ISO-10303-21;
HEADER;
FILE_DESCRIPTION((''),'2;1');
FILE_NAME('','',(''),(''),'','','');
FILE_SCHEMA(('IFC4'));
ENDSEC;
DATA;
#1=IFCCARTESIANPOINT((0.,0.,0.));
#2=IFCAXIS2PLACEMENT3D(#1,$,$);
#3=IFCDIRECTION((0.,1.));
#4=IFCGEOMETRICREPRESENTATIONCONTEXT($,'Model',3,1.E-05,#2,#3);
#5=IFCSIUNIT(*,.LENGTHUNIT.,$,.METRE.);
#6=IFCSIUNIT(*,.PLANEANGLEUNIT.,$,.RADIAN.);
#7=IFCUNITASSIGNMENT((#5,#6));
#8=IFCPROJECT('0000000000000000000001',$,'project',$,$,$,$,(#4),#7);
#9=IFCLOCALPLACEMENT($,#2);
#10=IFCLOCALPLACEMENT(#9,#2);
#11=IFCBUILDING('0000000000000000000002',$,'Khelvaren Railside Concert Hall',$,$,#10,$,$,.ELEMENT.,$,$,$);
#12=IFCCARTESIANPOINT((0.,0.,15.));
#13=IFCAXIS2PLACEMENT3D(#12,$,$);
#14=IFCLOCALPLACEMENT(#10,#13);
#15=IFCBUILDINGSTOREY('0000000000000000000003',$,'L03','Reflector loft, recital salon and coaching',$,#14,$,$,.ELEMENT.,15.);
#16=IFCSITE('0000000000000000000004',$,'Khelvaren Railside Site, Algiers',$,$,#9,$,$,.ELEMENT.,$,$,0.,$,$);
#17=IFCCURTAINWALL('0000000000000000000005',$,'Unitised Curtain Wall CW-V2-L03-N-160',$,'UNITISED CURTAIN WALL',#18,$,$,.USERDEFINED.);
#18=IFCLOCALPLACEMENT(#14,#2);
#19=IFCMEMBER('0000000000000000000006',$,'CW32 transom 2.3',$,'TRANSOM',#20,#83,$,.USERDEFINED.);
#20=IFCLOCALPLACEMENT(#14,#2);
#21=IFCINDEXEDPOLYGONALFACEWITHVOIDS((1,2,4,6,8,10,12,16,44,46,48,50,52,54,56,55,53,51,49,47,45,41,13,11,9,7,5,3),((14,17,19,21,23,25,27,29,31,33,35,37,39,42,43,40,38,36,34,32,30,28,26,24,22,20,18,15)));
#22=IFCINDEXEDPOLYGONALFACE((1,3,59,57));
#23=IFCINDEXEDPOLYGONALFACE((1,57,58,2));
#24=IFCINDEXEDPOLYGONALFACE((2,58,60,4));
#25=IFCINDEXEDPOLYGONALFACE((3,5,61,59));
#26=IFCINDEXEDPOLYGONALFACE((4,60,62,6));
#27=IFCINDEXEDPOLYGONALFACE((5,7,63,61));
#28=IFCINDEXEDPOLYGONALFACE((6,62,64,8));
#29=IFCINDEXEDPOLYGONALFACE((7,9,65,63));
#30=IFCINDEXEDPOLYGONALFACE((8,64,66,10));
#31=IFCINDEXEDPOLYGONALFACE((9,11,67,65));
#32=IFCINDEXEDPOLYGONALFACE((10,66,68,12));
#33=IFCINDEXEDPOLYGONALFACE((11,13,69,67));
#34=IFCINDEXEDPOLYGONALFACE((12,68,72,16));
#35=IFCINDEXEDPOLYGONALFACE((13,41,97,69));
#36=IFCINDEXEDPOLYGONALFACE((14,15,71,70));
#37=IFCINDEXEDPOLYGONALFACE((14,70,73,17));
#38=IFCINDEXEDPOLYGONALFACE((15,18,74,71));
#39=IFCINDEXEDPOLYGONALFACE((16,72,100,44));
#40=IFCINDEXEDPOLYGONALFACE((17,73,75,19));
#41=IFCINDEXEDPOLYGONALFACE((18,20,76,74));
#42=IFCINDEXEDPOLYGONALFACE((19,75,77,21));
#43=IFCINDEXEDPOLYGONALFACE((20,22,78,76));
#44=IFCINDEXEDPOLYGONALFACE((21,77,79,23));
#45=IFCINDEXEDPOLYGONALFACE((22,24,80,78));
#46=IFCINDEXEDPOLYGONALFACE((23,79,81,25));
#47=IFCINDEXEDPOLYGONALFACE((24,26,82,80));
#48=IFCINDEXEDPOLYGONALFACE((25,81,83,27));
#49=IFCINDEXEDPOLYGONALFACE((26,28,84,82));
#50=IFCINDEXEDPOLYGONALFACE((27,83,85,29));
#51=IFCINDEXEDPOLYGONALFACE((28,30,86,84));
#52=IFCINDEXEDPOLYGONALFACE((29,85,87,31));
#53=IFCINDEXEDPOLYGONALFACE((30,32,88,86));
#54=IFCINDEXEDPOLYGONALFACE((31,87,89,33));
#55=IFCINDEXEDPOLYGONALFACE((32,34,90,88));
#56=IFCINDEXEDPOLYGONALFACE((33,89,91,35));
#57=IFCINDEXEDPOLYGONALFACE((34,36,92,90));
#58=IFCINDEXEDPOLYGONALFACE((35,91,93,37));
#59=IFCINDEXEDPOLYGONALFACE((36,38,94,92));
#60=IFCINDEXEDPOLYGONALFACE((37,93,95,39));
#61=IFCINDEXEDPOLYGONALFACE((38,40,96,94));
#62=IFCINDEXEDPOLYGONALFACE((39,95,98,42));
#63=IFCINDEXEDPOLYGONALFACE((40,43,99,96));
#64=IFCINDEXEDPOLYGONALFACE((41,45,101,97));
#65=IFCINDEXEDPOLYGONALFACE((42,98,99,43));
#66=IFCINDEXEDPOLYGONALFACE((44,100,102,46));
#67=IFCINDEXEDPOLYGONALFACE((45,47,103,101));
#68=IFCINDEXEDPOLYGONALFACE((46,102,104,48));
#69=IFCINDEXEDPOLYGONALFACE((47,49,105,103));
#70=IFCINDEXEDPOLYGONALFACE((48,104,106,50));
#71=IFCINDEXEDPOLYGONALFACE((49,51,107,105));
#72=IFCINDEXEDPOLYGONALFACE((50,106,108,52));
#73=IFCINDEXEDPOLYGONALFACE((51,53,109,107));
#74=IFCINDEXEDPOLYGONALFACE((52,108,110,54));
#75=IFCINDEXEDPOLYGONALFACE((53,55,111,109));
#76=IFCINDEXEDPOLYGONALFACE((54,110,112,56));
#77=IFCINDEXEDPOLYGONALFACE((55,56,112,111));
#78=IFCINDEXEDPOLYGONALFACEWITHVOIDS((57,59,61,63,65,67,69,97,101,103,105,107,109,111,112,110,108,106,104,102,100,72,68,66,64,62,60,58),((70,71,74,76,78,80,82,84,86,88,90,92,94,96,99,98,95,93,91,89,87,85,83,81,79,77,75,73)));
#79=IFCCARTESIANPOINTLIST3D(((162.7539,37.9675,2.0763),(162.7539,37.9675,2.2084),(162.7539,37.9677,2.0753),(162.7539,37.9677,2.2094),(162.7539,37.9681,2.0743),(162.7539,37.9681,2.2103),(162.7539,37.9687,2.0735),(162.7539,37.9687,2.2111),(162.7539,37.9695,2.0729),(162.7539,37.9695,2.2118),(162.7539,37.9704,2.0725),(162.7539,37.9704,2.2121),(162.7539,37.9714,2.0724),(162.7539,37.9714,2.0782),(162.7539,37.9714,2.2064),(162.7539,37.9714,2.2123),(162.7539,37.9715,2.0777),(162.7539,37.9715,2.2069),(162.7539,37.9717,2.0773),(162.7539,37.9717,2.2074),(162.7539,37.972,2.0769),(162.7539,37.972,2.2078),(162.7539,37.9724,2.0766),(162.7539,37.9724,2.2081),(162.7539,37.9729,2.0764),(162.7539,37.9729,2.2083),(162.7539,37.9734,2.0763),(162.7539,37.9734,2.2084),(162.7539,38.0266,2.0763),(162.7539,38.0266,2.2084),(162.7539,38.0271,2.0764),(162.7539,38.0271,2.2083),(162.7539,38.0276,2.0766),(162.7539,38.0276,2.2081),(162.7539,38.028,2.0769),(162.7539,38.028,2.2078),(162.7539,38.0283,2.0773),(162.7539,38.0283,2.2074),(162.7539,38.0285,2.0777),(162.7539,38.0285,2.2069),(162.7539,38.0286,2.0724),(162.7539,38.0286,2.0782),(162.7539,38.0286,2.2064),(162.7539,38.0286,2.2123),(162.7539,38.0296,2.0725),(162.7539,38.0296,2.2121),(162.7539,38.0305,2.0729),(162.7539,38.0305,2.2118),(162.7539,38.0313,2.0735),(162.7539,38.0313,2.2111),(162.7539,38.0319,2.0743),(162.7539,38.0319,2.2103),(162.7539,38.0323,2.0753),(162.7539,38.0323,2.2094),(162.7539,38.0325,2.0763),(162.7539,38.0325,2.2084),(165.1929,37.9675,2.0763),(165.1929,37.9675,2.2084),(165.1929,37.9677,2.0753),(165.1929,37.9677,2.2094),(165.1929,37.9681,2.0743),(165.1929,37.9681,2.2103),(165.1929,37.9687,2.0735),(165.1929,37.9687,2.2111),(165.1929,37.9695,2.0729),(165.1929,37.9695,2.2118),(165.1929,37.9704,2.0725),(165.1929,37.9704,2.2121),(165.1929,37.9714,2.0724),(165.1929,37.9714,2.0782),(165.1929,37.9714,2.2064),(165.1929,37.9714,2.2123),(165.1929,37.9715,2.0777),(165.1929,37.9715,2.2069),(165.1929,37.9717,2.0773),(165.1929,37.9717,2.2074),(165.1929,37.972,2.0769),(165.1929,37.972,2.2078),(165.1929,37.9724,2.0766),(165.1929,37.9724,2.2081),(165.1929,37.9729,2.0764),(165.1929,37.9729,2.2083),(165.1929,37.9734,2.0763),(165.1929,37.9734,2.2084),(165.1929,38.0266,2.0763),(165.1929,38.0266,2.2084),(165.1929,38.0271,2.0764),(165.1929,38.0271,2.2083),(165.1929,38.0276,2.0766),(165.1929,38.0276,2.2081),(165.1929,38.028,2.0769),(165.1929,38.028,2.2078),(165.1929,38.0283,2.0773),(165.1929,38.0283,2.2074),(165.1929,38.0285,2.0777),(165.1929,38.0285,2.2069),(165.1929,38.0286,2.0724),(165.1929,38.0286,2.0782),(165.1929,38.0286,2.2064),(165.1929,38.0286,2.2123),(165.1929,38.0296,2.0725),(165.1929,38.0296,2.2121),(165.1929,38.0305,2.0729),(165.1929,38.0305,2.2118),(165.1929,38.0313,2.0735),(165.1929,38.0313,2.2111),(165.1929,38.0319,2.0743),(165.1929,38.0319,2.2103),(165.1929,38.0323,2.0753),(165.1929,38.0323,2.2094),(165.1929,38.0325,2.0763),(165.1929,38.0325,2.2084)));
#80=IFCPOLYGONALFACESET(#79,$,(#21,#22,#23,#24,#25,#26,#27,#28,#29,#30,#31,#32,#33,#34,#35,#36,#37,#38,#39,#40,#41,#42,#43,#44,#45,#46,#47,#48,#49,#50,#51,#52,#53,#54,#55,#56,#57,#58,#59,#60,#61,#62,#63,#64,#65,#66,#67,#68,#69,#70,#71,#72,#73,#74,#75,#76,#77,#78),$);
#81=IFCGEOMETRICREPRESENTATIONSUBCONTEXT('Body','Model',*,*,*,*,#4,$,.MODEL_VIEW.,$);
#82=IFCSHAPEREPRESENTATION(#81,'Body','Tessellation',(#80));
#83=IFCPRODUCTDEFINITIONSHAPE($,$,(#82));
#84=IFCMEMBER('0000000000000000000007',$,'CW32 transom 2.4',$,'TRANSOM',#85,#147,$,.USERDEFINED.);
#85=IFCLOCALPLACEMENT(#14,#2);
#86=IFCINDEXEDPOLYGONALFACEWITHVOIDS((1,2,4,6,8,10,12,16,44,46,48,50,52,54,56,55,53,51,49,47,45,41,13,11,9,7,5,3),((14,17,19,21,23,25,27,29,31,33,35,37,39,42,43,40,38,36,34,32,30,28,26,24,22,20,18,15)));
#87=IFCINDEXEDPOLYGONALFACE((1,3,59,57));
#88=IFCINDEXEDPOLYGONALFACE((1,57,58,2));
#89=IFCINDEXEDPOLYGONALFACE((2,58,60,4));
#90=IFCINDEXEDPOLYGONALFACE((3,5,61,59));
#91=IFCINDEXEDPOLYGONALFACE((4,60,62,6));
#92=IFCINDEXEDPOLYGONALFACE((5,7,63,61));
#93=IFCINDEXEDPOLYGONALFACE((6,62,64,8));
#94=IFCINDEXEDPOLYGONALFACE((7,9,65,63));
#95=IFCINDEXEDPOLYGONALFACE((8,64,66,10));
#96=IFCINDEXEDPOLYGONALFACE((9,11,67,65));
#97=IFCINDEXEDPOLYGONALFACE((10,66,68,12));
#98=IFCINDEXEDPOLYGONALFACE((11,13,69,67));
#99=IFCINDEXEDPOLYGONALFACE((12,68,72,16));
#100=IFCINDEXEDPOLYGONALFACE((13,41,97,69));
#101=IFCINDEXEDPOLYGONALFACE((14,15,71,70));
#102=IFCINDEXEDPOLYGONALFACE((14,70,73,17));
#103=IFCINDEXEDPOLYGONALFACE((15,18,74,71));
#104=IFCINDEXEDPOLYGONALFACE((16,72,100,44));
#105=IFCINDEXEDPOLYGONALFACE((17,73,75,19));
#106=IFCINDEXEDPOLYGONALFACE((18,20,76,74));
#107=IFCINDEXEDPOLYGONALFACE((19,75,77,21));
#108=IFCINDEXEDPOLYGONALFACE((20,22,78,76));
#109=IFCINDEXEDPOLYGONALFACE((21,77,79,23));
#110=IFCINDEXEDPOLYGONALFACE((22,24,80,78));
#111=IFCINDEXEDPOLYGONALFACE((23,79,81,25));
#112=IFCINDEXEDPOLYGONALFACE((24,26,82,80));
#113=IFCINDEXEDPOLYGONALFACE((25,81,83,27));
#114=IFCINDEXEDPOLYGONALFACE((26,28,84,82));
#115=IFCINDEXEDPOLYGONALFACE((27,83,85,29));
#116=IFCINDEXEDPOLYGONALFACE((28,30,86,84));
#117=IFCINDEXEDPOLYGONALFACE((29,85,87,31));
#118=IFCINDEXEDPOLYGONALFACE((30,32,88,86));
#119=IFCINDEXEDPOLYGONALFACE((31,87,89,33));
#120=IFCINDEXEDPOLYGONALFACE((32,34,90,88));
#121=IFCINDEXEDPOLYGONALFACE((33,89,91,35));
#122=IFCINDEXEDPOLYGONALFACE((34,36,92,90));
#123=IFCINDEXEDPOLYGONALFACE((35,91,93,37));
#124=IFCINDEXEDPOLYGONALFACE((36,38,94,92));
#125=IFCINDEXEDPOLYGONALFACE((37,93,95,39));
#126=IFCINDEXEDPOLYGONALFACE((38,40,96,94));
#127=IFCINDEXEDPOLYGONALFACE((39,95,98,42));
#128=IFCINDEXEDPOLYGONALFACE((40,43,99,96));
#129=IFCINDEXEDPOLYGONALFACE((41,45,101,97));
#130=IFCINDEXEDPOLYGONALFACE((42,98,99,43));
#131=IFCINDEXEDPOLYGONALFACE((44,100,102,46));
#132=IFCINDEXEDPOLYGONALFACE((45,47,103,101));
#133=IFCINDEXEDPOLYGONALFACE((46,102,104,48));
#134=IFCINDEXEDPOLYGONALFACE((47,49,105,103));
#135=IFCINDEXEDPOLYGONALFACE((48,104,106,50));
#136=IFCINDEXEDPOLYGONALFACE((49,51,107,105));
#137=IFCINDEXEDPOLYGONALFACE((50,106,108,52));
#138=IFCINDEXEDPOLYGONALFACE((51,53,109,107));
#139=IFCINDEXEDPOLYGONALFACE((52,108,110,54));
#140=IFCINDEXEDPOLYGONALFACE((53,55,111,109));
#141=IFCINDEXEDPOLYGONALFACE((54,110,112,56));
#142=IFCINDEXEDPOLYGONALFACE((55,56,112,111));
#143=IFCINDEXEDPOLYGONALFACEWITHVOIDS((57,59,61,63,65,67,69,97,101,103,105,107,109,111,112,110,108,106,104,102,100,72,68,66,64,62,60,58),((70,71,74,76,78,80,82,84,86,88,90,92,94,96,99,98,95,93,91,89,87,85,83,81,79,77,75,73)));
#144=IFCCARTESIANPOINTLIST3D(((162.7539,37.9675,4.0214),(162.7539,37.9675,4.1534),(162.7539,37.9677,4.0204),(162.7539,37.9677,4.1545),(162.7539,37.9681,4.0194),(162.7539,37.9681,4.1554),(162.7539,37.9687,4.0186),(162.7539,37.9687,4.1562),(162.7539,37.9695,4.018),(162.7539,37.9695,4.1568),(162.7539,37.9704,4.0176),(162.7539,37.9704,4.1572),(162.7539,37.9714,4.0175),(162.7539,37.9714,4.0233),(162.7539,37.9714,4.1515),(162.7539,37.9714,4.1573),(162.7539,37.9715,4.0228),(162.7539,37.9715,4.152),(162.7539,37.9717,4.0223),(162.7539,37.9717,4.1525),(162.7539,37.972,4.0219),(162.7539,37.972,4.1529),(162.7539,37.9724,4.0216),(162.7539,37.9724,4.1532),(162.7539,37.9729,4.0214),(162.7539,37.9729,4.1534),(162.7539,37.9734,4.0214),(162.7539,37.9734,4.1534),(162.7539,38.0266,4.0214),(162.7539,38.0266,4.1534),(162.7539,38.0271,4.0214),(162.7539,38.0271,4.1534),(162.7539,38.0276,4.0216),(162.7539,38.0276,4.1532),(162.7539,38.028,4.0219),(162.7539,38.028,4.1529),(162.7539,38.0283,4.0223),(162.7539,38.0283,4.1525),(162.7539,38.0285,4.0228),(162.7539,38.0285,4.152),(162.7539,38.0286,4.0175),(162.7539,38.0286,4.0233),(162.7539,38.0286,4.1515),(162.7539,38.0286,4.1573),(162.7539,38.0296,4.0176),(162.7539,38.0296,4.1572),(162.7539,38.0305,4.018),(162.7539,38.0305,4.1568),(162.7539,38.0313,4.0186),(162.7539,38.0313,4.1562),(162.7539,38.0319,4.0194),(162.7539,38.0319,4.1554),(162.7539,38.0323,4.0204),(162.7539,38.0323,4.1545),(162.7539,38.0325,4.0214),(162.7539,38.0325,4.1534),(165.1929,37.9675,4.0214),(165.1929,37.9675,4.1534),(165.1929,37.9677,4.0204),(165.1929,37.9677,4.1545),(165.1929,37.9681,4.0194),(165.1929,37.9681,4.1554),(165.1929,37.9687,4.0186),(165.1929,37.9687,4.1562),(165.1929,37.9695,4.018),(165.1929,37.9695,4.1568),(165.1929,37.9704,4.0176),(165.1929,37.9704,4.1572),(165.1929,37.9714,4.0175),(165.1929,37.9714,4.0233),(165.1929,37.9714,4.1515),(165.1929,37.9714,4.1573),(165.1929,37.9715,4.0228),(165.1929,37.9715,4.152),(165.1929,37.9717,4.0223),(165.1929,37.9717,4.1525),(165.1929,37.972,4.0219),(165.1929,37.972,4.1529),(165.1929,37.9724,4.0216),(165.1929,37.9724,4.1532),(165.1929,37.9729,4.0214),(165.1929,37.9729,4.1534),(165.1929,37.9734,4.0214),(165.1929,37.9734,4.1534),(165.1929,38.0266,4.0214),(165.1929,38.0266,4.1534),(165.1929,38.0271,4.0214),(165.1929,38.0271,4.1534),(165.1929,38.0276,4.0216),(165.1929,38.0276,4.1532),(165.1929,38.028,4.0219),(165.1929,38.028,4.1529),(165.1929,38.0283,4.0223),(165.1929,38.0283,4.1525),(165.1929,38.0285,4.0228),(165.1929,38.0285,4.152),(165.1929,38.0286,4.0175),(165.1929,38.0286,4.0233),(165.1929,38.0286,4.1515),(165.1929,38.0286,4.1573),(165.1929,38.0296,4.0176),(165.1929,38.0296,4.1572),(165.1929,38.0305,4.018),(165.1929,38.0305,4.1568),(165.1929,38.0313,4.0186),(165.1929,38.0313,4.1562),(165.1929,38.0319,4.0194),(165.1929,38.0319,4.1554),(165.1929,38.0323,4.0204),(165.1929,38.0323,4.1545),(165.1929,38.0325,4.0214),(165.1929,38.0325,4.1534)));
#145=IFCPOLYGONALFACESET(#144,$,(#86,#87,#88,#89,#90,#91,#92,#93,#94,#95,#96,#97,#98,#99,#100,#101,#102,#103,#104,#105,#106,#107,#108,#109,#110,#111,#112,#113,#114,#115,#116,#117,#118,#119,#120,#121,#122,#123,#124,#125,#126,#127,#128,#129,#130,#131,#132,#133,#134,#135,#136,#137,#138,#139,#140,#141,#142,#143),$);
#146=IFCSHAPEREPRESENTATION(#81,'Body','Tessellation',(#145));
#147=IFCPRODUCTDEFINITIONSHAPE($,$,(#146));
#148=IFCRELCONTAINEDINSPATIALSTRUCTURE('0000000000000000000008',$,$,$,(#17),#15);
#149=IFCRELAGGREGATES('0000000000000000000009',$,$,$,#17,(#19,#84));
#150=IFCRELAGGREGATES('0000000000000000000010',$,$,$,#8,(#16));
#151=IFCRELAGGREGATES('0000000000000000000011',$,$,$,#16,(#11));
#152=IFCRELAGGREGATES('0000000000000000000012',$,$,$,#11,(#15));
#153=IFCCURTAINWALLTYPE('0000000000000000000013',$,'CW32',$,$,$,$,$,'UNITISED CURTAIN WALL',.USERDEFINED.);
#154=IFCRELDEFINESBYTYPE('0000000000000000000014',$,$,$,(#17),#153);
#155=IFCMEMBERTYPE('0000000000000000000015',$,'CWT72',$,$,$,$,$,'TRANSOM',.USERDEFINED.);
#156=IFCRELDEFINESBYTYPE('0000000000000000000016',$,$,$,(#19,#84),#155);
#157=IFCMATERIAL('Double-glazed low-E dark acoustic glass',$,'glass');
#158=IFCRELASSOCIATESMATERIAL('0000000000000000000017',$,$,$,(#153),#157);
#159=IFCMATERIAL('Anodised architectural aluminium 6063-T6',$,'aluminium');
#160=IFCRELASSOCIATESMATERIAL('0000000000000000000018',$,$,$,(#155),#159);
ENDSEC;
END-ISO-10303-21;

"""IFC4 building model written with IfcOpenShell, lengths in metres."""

from ifc_helpers import new_model, si_unit, direction, frame, origin, origin_2d, place, context, subcontext, project, spatial, hollow_rectangle, extrude, material, material_profile, profile_set, type_object, element, aggregate, save


model = new_model("IFC4")

# Units and contexts
model_context = context("Model", 3, precision=1e-05, world=origin(), true_north=direction((0.0, 1.0)))
body_context = subcontext(model_context, "Body", "Model", "MODEL_VIEW")
ifc_project = project(units=[si_unit("LENGTHUNIT", "METRE"), si_unit("PLANEANGLEUNIT", "RADIAN")], contexts=[model_context])

# Site, building, storey
site_placement = place(None, origin())
site = spatial("IfcSite", under=ifc_project, at=site_placement, Name="Khelvaren Railside Site, Algiers", CompositionType="ELEMENT", RefElevation=0.0)
building_placement = place(site_placement, origin())
building = spatial("IfcBuilding", under=site, at=building_placement, Name="Khelvaren Railside Concert Hall", CompositionType="ELEMENT")
storey_placement = place(building_placement, frame((0.0, 0.0, 15.0)))
storey = spatial("IfcBuildingStorey", under=building, at=storey_placement, Name="L03", Description="Reflector loft, recital salon and coaching", CompositionType="ELEMENT", Elevation=15.0)

# Shared definitions
ifc_material_1 = material(Name="Double-glazed low-E dark acoustic glass", Category="glass")
ifc_material_2 = material(Name="Anodised architectural aluminium 6063-T6", Category="aluminium")

# Curtain wall
curtain_wall_type_1 = type_object("IfcCurtainWallType", Name="CW32", ElementType="UNITISED CURTAIN WALL", PredefinedType="USERDEFINED", material=ifc_material_1)
curtain_wall_1_placement = place(storey_placement, origin())
curtain_wall_1 = element("IfcCurtainWall", 1, at=curtain_wall_1_placement, inside=storey, type_object=curtain_wall_type_1, Name="Unitised Curtain Wall CW-V2-L03-N-160", ObjectType="UNITISED CURTAIN WALL", PredefinedType="USERDEFINED")

# Members
ifc_material_profile_1 = material_profile(ifc_material_2, hollow_rectangle(XDim=0.0649, YDim=0.1399, WallThickness=0.0039, InnerFilletRadius=0.002, OuterFilletRadius=0.0039, at=origin_2d()), Name="CWT 65x140x4")
ifc_profile_set_1 = profile_set([ifc_material_profile_1], Name="Anodised architectural aluminium 6063-T6")
member_type_1 = type_object("IfcMemberType", Name="CWT72", ElementType="TRANSOM", PredefinedType="USERDEFINED", material=ifc_profile_set_1)
member_1_placement = place(storey_placement, frame((162.7539, 38.0, 2.1423), z_axis=(1.0, 0.0, 0.0), x_axis=(0.0, 1.0, 0.0)))
member_1 = element("IfcMember", 2, at=member_1_placement, type_object=member_type_1, Name="CW32 transom 2.3", ObjectType="TRANSOM", PredefinedType="USERDEFINED", context=body_context, shape_type="SweptSolid", body=[
    extrude(hollow_rectangle(XDim=0.0649, YDim=0.1399, WallThickness=0.0039, InnerFilletRadius=0.002, OuterFilletRadius=0.0039, at=origin_2d()), origin(), (0.0, 0.0, 1.0), 2.439),
])
member_2_placement = place(storey_placement, frame((162.7539, 38.0, 4.0874), z_axis=(1.0, 0.0, 0.0), x_axis=(0.0, 1.0, 0.0)))
member_2 = element("IfcMember", 3, at=member_2_placement, type_object=member_type_1, Name="CW32 transom 2.4", ObjectType="TRANSOM", PredefinedType="USERDEFINED", context=body_context, shape_type="SweptSolid", body=[
    extrude(hollow_rectangle(XDim=0.0649, YDim=0.1399, WallThickness=0.0039, InnerFilletRadius=0.002, OuterFilletRadius=0.0039, at=origin_2d()), origin(), (0.0, 0.0, 1.0), 2.439),
])

aggregate(curtain_wall_1, [member_1, member_2])

save(model, "model.ifc")
